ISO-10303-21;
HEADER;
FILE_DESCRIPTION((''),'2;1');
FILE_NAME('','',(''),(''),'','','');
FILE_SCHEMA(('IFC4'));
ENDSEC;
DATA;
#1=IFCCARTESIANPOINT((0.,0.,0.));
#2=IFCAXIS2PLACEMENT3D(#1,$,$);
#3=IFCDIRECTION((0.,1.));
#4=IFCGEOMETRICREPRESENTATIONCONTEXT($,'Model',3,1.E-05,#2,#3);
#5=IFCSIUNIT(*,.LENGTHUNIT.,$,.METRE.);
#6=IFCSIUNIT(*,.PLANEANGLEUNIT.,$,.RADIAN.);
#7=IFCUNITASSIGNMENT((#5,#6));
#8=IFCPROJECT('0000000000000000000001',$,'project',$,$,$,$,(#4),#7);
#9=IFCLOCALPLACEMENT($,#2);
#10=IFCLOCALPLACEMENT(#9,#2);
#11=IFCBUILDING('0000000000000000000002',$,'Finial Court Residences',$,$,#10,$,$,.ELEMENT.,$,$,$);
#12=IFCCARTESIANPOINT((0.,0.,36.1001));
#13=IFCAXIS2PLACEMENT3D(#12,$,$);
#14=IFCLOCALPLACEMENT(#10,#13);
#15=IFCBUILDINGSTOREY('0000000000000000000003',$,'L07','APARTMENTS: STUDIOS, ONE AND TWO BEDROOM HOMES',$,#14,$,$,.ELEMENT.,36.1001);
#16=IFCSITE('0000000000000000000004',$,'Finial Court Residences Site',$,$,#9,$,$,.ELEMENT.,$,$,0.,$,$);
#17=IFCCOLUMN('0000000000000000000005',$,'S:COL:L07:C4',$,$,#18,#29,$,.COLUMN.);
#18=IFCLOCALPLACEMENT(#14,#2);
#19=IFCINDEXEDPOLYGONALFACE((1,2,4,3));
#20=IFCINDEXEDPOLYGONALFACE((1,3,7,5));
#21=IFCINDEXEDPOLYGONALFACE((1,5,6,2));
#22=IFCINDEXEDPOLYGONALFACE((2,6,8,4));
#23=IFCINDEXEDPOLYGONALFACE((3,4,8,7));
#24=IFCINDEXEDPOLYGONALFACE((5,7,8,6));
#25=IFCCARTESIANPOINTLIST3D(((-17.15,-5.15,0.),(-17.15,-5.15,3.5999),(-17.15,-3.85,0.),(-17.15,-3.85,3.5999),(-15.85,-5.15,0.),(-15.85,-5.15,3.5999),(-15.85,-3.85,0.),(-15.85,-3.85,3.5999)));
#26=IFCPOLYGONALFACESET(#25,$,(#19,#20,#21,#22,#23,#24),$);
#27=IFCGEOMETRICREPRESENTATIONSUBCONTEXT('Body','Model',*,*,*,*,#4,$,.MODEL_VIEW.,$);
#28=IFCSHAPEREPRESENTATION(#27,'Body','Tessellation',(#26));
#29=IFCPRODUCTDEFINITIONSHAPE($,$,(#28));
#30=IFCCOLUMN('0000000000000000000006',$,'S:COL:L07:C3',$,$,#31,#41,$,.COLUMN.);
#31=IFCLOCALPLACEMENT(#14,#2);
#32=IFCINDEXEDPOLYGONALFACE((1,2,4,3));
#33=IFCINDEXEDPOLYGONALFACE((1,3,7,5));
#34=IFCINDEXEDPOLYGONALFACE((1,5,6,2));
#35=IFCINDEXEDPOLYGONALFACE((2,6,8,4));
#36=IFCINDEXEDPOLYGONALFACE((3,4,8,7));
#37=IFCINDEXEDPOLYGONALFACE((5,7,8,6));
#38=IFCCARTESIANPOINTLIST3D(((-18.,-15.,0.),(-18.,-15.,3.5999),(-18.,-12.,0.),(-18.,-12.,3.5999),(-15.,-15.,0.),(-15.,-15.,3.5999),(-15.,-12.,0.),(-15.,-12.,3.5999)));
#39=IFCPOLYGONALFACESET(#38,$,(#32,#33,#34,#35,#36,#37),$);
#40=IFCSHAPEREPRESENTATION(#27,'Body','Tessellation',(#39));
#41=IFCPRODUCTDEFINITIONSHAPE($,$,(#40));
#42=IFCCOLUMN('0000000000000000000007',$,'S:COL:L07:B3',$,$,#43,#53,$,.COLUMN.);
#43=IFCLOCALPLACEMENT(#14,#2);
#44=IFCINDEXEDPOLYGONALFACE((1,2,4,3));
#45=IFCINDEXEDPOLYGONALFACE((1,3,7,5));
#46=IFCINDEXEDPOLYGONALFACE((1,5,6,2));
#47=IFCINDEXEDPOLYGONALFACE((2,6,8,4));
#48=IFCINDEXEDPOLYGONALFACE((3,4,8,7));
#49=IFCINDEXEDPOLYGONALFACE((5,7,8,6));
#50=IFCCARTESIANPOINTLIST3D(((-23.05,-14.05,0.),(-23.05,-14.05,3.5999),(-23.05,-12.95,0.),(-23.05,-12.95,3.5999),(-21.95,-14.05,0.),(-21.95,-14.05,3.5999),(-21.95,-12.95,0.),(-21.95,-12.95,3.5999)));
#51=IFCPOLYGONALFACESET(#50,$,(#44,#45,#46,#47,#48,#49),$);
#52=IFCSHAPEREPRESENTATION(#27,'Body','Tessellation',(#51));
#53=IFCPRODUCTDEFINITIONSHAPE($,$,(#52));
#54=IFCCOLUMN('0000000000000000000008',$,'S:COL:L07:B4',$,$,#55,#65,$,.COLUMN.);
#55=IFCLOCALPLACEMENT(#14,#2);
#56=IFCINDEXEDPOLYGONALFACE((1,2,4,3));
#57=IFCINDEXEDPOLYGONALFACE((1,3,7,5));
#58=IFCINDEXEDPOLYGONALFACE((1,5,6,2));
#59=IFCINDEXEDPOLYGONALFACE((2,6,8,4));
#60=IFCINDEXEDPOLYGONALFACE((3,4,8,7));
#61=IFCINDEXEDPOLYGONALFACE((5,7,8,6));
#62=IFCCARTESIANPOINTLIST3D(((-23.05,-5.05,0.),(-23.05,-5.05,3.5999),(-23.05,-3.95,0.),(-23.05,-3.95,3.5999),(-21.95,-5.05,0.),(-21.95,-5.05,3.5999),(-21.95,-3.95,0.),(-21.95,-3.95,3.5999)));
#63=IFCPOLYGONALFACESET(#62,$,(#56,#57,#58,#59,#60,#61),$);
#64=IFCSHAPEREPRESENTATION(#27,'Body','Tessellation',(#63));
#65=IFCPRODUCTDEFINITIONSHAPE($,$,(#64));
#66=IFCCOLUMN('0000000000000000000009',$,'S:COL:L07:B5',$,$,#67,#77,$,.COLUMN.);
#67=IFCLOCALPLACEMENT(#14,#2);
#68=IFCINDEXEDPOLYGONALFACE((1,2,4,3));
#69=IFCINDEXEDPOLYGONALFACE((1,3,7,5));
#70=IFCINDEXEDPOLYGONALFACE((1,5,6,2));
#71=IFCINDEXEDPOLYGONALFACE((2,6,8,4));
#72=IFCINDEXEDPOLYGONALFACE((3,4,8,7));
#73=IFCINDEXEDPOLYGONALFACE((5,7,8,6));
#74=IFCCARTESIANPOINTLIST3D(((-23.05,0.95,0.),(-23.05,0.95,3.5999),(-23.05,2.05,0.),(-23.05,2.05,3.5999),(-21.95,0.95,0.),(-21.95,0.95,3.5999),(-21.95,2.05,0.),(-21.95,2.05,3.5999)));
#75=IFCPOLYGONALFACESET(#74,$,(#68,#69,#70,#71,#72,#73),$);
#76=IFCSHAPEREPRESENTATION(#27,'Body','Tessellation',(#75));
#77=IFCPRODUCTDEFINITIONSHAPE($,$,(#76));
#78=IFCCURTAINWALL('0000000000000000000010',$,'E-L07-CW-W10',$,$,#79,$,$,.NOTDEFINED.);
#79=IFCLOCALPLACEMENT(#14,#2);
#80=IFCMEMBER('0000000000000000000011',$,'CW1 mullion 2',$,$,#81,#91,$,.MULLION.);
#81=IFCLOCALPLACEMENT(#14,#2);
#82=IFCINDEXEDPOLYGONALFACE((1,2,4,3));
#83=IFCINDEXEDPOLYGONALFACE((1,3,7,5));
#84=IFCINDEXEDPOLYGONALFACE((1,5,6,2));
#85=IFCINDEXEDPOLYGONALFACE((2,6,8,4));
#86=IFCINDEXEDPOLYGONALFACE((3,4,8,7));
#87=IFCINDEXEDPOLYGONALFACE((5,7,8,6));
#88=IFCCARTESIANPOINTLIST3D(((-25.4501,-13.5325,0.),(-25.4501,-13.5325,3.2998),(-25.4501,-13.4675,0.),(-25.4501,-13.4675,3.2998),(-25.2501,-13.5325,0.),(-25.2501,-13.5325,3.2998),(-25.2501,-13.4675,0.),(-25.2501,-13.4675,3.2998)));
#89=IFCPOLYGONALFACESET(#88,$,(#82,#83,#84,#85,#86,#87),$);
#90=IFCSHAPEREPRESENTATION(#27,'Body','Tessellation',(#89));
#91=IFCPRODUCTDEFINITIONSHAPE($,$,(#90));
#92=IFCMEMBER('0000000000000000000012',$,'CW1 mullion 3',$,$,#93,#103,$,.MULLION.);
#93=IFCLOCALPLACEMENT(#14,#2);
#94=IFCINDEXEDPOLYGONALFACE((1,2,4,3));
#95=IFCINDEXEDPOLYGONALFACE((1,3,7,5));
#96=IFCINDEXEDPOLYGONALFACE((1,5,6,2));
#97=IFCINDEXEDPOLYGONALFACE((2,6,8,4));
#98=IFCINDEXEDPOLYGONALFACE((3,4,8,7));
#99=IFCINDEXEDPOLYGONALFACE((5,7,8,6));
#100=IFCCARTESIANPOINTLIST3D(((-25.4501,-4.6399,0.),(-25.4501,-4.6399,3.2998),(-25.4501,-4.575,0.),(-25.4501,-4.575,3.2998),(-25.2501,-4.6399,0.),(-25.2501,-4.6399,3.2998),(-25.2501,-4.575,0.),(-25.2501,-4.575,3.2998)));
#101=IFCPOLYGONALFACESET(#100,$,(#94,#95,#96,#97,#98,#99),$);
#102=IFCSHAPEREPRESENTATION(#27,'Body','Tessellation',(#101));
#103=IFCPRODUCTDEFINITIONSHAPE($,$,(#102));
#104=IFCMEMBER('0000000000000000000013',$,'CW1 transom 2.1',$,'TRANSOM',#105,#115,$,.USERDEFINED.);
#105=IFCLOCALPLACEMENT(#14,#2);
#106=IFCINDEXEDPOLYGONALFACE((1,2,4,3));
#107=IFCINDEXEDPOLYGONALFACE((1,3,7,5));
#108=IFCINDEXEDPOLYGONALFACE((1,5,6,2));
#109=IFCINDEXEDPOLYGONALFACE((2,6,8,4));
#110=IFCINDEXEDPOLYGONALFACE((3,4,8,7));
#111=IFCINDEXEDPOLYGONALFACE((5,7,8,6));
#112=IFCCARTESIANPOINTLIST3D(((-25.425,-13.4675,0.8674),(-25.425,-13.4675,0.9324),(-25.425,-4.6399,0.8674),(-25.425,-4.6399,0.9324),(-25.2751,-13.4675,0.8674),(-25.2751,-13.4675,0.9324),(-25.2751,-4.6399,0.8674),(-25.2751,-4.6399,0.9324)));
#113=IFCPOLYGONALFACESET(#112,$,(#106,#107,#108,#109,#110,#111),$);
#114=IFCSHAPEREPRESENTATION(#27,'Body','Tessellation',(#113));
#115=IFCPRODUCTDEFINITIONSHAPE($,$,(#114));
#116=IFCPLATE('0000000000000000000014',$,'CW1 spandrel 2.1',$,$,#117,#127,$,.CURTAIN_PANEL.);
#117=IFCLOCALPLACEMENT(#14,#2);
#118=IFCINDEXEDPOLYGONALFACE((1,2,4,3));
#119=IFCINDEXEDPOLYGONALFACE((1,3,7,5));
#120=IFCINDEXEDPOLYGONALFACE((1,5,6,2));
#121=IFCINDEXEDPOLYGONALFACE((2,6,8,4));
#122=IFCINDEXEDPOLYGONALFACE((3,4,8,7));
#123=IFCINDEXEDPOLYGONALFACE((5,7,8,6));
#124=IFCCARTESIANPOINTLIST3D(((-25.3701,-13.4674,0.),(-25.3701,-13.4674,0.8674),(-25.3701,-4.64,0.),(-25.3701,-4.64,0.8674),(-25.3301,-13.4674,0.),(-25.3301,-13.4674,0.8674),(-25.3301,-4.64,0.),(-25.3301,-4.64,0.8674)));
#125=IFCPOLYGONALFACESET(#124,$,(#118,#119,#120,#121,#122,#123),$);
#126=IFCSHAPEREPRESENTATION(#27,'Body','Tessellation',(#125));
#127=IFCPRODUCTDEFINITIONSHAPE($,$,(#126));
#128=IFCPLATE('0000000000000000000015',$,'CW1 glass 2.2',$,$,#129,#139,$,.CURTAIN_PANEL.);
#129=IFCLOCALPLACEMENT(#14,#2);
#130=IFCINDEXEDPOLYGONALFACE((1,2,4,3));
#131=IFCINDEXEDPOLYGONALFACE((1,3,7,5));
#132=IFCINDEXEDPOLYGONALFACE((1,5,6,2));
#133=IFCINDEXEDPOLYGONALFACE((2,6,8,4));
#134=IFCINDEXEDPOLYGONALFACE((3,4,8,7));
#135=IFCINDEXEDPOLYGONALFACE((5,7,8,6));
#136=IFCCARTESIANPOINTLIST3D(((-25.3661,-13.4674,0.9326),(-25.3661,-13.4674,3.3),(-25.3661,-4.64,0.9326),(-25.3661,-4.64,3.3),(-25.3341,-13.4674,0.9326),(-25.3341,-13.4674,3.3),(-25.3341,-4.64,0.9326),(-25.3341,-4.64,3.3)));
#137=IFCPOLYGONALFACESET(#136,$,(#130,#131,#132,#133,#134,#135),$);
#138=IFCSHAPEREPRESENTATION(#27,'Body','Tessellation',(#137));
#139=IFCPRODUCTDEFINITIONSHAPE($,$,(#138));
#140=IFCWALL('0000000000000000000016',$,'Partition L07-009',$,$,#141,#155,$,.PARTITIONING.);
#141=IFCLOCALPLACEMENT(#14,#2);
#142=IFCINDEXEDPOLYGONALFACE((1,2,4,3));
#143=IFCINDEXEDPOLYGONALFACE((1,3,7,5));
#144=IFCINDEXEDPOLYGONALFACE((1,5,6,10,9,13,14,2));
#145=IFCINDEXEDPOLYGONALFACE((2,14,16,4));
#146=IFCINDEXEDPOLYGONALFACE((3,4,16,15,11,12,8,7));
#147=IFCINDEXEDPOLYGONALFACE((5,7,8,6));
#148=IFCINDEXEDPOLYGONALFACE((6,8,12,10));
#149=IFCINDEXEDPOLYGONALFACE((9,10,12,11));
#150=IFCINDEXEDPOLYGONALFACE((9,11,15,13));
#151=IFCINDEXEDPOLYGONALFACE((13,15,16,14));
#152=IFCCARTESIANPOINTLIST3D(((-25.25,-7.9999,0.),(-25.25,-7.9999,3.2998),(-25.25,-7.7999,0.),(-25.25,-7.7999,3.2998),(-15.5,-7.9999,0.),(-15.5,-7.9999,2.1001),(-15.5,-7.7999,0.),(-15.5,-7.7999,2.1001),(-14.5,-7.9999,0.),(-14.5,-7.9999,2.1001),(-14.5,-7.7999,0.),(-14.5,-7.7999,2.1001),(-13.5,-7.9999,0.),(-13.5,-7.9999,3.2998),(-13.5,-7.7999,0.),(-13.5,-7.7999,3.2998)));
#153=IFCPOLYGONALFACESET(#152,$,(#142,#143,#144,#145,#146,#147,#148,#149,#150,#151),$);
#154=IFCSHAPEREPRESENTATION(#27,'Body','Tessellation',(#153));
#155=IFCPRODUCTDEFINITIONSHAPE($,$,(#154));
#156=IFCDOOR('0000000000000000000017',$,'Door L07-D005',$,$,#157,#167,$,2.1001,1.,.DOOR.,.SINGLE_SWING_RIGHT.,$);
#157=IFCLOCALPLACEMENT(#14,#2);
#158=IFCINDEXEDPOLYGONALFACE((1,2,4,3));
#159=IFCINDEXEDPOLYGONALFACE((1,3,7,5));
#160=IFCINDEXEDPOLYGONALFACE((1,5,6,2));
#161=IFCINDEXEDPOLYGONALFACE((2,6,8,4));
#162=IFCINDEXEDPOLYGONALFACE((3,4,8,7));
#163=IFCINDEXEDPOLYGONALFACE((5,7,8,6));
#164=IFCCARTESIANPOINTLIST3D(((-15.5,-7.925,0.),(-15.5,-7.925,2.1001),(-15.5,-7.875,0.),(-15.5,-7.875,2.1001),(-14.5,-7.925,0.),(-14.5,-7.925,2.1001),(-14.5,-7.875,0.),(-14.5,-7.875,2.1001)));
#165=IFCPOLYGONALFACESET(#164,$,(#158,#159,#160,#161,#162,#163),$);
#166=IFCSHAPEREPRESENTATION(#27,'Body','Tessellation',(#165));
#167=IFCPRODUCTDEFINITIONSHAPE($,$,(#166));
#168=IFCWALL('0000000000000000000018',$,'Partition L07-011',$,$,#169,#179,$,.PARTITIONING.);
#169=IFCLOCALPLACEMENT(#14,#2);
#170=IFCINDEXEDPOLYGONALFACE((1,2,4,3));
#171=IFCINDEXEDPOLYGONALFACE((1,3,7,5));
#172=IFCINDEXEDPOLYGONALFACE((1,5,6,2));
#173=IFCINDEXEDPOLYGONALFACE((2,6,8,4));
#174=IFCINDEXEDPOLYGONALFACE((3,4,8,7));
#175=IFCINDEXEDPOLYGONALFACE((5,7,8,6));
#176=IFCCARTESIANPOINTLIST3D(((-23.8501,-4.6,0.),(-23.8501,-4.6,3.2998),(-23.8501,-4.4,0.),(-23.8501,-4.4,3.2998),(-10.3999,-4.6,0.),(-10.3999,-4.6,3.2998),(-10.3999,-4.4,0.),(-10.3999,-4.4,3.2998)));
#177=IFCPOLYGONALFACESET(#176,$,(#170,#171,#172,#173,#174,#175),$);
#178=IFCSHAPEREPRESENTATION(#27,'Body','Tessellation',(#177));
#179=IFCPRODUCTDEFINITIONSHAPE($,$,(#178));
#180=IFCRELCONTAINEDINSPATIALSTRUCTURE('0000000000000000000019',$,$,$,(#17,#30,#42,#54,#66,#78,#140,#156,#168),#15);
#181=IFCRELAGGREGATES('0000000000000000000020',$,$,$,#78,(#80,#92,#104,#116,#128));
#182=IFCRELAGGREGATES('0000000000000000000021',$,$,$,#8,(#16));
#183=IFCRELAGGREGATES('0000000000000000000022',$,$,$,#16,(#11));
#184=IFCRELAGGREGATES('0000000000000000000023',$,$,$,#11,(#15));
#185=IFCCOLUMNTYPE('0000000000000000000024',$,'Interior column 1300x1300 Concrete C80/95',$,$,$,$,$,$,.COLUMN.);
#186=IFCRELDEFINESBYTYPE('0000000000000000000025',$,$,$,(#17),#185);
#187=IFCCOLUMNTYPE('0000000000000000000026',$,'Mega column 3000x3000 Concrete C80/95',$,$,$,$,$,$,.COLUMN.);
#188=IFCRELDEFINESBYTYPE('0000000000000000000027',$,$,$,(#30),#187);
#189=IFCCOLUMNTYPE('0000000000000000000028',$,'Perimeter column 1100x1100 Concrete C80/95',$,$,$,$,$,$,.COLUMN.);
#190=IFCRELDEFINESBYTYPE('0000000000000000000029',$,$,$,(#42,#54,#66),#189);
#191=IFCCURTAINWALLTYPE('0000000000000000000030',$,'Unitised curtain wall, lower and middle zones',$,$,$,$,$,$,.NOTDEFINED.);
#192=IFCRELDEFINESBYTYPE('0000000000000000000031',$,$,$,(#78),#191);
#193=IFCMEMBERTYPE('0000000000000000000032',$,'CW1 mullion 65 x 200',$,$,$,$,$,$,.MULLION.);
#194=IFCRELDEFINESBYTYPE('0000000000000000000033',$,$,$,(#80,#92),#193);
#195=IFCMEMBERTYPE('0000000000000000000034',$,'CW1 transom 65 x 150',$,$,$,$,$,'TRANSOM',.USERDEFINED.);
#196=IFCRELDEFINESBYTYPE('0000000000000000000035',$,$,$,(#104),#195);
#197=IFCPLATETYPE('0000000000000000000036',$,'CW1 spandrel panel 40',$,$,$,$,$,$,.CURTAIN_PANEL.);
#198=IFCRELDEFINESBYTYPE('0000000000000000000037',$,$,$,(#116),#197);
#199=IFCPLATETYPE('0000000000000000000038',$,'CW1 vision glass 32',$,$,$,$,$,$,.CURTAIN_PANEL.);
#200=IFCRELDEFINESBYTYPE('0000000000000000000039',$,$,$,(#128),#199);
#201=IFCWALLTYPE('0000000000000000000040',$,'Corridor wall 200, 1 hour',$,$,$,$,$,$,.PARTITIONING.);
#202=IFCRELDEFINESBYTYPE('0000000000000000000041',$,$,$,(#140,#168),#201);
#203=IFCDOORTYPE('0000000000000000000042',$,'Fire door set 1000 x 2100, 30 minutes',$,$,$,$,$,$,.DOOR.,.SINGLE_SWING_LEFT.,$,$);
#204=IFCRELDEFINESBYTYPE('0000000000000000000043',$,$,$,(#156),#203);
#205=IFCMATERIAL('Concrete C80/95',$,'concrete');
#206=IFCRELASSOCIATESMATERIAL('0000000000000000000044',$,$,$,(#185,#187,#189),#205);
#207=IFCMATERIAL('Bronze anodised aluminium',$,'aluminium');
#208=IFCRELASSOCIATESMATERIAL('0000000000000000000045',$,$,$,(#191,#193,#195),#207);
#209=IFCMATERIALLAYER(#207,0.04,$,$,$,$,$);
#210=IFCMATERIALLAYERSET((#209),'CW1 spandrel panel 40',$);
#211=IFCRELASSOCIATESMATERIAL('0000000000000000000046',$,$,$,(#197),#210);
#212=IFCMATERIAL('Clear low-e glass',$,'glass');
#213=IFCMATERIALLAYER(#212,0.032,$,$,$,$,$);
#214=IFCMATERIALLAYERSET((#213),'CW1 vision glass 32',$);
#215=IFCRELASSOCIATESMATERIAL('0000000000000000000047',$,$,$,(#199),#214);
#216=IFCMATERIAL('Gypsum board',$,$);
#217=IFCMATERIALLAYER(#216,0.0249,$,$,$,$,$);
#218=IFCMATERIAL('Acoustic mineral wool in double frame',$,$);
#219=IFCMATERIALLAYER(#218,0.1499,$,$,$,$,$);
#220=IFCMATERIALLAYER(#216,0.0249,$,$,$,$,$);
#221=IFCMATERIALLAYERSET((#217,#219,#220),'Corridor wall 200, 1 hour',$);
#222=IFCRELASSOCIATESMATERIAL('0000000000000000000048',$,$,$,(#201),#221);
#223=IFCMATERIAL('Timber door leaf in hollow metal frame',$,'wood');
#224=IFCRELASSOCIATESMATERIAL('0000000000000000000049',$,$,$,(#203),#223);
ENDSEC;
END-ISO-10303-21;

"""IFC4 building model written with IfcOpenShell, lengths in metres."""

from ifc_helpers import new_model, si_unit, direction, frame, frame_2d, origin, origin_2d, place, context, subcontext, project, spatial, rectangle, extrude, material, layer, layer_set, material_profile, profile_set, type_object, element, fill, aggregate, save


model = new_model("IFC4")

# Units and contexts
model_context = context("Model", 3, precision=1e-05, world=origin(), true_north=direction((0.0, 1.0)))
body_context = subcontext(model_context, "Body", "Model", "MODEL_VIEW")
ifc_project = project(units=[si_unit("LENGTHUNIT", "METRE"), si_unit("PLANEANGLEUNIT", "RADIAN")], contexts=[model_context])

# Site, building, storey
site_placement = place(None, origin())
site = spatial("IfcSite", under=ifc_project, at=site_placement, Name="Finial Court Residences Site", CompositionType="ELEMENT", RefElevation=0.0)
building_placement = place(site_placement, origin())
building = spatial("IfcBuilding", under=site, at=building_placement, Name="Finial Court Residences", CompositionType="ELEMENT")
storey_placement = place(building_placement, frame((0.0, 0.0, 36.1001)))
storey = spatial("IfcBuildingStorey", under=building, at=storey_placement, Name="L07", Description="APARTMENTS: STUDIOS, ONE AND TWO BEDROOM HOMES", CompositionType="ELEMENT", Elevation=36.1001)

# Columns
ifc_material_1 = material(Name="Concrete C80/95", Category="concrete")
ifc_material_profile_1 = material_profile(ifc_material_1, rectangle(XDim=1.3, YDim=1.3, at=origin_2d()), Name="1300x1300")
ifc_profile_set_1 = profile_set([ifc_material_profile_1], Name="Concrete C80/95")
column_type_1 = type_object("IfcColumnType", Name="Interior column 1300x1300 Concrete C80/95", PredefinedType="COLUMN", material=ifc_profile_set_1)
column_1_placement = place(storey_placement, frame((-16.5, -4.5, 0.0), z_axis=(0.0, 0.0, 1.0), x_axis=(1.0, 0.0, 0.0)))
element("IfcColumn", 1, at=column_1_placement, inside=storey, type_object=column_type_1, Name="S:COL:L07:C4", PredefinedType="COLUMN", context=body_context, shape_type="SweptSolid", body=[
    extrude(rectangle(XDim=1.3, YDim=1.3, at=origin_2d()), origin(), (0.0, 0.0, 1.0), 3.5999),
])
ifc_material_profile_2 = material_profile(ifc_material_1, rectangle(XDim=3.0, YDim=3.0, at=origin_2d()), Name="3000x3000")
ifc_profile_set_2 = profile_set([ifc_material_profile_2], Name="Concrete C80/95")
column_type_2 = type_object("IfcColumnType", Name="Mega column 3000x3000 Concrete C80/95", PredefinedType="COLUMN", material=ifc_profile_set_2)
column_2_placement = place(storey_placement, frame((-16.5, -13.5, 0.0), z_axis=(0.0, 0.0, 1.0), x_axis=(1.0, 0.0, 0.0)))
element("IfcColumn", 2, at=column_2_placement, inside=storey, type_object=column_type_2, Name="S:COL:L07:C3", PredefinedType="COLUMN", context=body_context, shape_type="SweptSolid", body=[
    extrude(rectangle(XDim=3.0, YDim=3.0, at=origin_2d()), origin(), (0.0, 0.0, 1.0), 3.5999),
])
ifc_material_profile_3 = material_profile(ifc_material_1, rectangle(XDim=1.1001, YDim=1.1001, at=origin_2d()), Name="1100x1100")
ifc_profile_set_3 = profile_set([ifc_material_profile_3], Name="Concrete C80/95")
column_type_3 = type_object("IfcColumnType", Name="Perimeter column 1100x1100 Concrete C80/95", PredefinedType="COLUMN", material=ifc_profile_set_3)
for number, where, z_axis, x_axis, name in (
    (3, (-22.5, -13.5, 0.0), (0.0, 0.0, 1.0), (1.0, 0.0, 0.0), "S:COL:L07:B3"),
    (4, (-22.5, -4.5, 0.0), (0.0, 0.0, 1.0), (1.0, 0.0, 0.0), "S:COL:L07:B4"),
    (5, (-22.5, 1.5, 0.0), (0.0, 0.0, 1.0), (1.0, 0.0, 0.0), "S:COL:L07:B5"),
):
    element("IfcColumn", number, at=place(storey_placement, frame(where, z_axis=z_axis, x_axis=x_axis)), inside=storey, type_object=column_type_3, Name=name, PredefinedType="COLUMN", context=body_context, shape_type="SweptSolid", body=[
        extrude(rectangle(XDim=1.1001, YDim=1.1001, at=origin_2d()), origin(), (0.0, 0.0, 1.0), 3.5999),
    ])

# Curtain wall, members, plates
ifc_material_2 = material(Name="Bronze anodised aluminium", Category="aluminium")
curtain_wall_type = type_object("IfcCurtainWallType", Name="Unitised curtain wall, lower and middle zones", PredefinedType="NOTDEFINED", material=ifc_material_2)
curtain_wall_placement = place(storey_placement, origin())
curtain_wall = element("IfcCurtainWall", 6, at=curtain_wall_placement, inside=storey, type_object=curtain_wall_type, Name="E-L07-CW-W10", PredefinedType="NOTDEFINED")
ifc_material_profile_4 = material_profile(ifc_material_2, rectangle(XDim=0.2, YDim=0.0649, at=origin_2d()), Name="CW1 mullion 65 x 200")
ifc_profile_set_4 = profile_set([ifc_material_profile_4], Name="Bronze anodised aluminium")
member_type_1 = type_object("IfcMemberType", Name="CW1 mullion 65 x 200", PredefinedType="MULLION", material=ifc_profile_set_4)
member_1_placement = place(storey_placement, frame((-25.3501, -13.5, 0.0), z_axis=(0.0, 0.0, 1.0), x_axis=(-1.0, 0.0, 0.0)))
member_1 = element("IfcMember", 7, at=member_1_placement, type_object=member_type_1, Name="CW1 mullion 2", PredefinedType="MULLION", context=body_context, shape_type="SweptSolid", body=[
    extrude(rectangle(XDim=0.2, YDim=0.0649, at=origin_2d()), origin(), (0.0, 0.0, 1.0), 3.2998),
])
member_2_placement = place(storey_placement, frame((-25.3501, -4.6074, 0.0), z_axis=(0.0, 0.0, 1.0), x_axis=(-1.0, 0.0, 0.0)))
member_2 = element("IfcMember", 8, at=member_2_placement, type_object=member_type_1, Name="CW1 mullion 3", PredefinedType="MULLION", context=body_context, shape_type="SweptSolid", body=[
    extrude(rectangle(XDim=0.2, YDim=0.0649, at=origin_2d()), origin(), (0.0, 0.0, 1.0), 3.2998),
])
ifc_material_profile_5 = material_profile(ifc_material_2, rectangle(XDim=0.1499, YDim=0.0649, at=origin_2d()), Name="CW1 transom 65 x 150")
ifc_profile_set_5 = profile_set([ifc_material_profile_5], Name="Bronze anodised aluminium")
member_type_2 = type_object("IfcMemberType", Name="CW1 transom 65 x 150", ElementType="TRANSOM", PredefinedType="USERDEFINED", material=ifc_profile_set_5)
member_3_placement = place(storey_placement, frame((-25.3501, -13.4675, 0.8999), z_axis=(0.0, 1.0, 0.0), x_axis=(-1.0, 0.0, 0.0)))
member_3 = element("IfcMember", 9, at=member_3_placement, type_object=member_type_2, Name="CW1 transom 2.1", ObjectType="TRANSOM", PredefinedType="USERDEFINED", context=body_context, shape_type="SweptSolid", body=[
    extrude(rectangle(XDim=0.1499, YDim=0.0649, at=origin_2d()), origin(), (0.0, 0.0, 1.0), 8.8276),
])
ifc_layer_1 = layer(ifc_material_2, 0.04)
ifc_layer_set_1 = layer_set([ifc_layer_1], Name="CW1 spandrel panel 40")
plate_type_1 = type_object("IfcPlateType", Name="CW1 spandrel panel 40", PredefinedType="CURTAIN_PANEL", material=ifc_layer_set_1)
plate_1_placement = place(storey_placement, frame((-25.3501, -9.0537, 0.0), z_axis=(0.0, 0.0, 1.0), x_axis=(0.0, 1.0, 0.0)))
plate_1 = element("IfcPlate", 10, at=plate_1_placement, type_object=plate_type_1, Name="CW1 spandrel 2.1", PredefinedType="CURTAIN_PANEL", context=body_context, shape_type="SweptSolid", body=[
    extrude(rectangle(XDim=8.8274, YDim=0.04, at=origin_2d()), origin(), (0.0, 0.0, 1.0), 0.8674),
])
ifc_material_3 = material(Name="Clear low-e glass", Category="glass")
ifc_layer_2 = layer(ifc_material_3, 0.032)
ifc_layer_set_2 = layer_set([ifc_layer_2], Name="CW1 vision glass 32")
plate_type_2 = type_object("IfcPlateType", Name="CW1 vision glass 32", PredefinedType="CURTAIN_PANEL", material=ifc_layer_set_2)
plate_2_placement = place(storey_placement, frame((-25.3501, -9.0537, 0.9326), z_axis=(0.0, 0.0, 1.0), x_axis=(0.0, 1.0, 0.0)))
plate_2 = element("IfcPlate", 11, at=plate_2_placement, type_object=plate_type_2, Name="CW1 glass 2.2", PredefinedType="CURTAIN_PANEL", context=body_context, shape_type="SweptSolid", body=[
    extrude(rectangle(XDim=8.8274, YDim=0.032, at=origin_2d()), origin(), (0.0, 0.0, 1.0), 2.3674),
])
aggregate(curtain_wall, [member_1, member_2, member_3, plate_1, plate_2])

# Wall, opening, door
ifc_material_4 = material(Name="Gypsum board")
ifc_layer_3 = layer(ifc_material_4, 0.0249)
ifc_material_5 = material(Name="Acoustic mineral wool in double frame")
ifc_layer_4 = layer(ifc_material_5, 0.1499)
ifc_layer_5 = layer(ifc_material_4, 0.0249)
ifc_layer_set_3 = layer_set([ifc_layer_3, ifc_layer_4, ifc_layer_5], Name="Corridor wall 200, 1 hour")
wall_type_1 = type_object("IfcWallType", Name="Corridor wall 200, 1 hour", PredefinedType="PARTITIONING", material=ifc_layer_set_3)
wall_1_placement = place(storey_placement, frame((-25.25, -7.8999, 0.0), z_axis=(0.0, 0.0, 1.0), x_axis=(1.0, 0.0, 0.0)))
wall_1 = element("IfcWall", 12, at=wall_1_placement, inside=storey, type_object=wall_type_1, Name="Partition L07-009", PredefinedType="PARTITIONING", context=body_context, shape_type="SweptSolid", body=[
    extrude(rectangle(XDim=11.75, YDim=0.2, at=frame_2d((5.875, 0.0))), origin(), (0.0, 0.0, 1.0), 3.2998),
])
opening_1_placement = place(wall_1_placement, frame((9.75, 0.0, 0.0)))
opening_1 = element("IfcOpeningElement", 13, at=opening_1_placement, cuts=wall_1, PredefinedType="OPENING", context=body_context, shape_type="SweptSolid", body=[
    extrude(rectangle(XDim=1.0, YDim=2.1001, at=frame_2d((0.5, 1.05))), frame((0.0, 0.1099, 0.0), z_axis=(0.0, -1.0, 0.0), x_axis=(1.0, 0.0, 0.0)), (0.0, 0.0, 1.0), 0.22),
])
ifc_material_6 = material(Name="Timber door leaf in hollow metal frame", Category="wood")
door_type_1 = type_object("IfcDoorType", Name="Fire door set 1000 x 2100, 30 minutes", OperationType="SINGLE_SWING_LEFT", PredefinedType="DOOR", material=ifc_material_6)
door_1_placement = place(opening_1_placement, origin())
door_1 = element("IfcDoor", 14, at=door_1_placement, inside=storey, type_object=door_type_1, Name="Door L07-D005", OperationType="SINGLE_SWING_RIGHT", OverallHeight=2.1001, OverallWidth=1.0, PredefinedType="DOOR", context=body_context, shape_type="SweptSolid", body=[
    extrude(rectangle(XDim=1.0, YDim=2.1001, at=frame_2d((0.5, 1.05))), frame((0.0, 0.0249, 0.0), z_axis=(0.0, -1.0, 0.0), x_axis=(1.0, 0.0, 0.0)), (0.0, 0.0, 1.0), 0.05),
])
fill(opening_1, door_1)

# Wall
wall_2_placement = place(storey_placement, frame((-23.8501, -4.5, 0.0), z_axis=(0.0, 0.0, 1.0), x_axis=(1.0, 0.0, 0.0)))
element("IfcWall", 15, at=wall_2_placement, inside=storey, type_object=wall_type_1, Name="Partition L07-011", PredefinedType="PARTITIONING", context=body_context, shape_type="SweptSolid", body=[
    extrude(rectangle(XDim=13.4502, YDim=0.2, at=frame_2d((6.7251, 0.0))), origin(), (0.0, 0.0, 1.0), 3.2998),
])

save(model, "model.ifc")
